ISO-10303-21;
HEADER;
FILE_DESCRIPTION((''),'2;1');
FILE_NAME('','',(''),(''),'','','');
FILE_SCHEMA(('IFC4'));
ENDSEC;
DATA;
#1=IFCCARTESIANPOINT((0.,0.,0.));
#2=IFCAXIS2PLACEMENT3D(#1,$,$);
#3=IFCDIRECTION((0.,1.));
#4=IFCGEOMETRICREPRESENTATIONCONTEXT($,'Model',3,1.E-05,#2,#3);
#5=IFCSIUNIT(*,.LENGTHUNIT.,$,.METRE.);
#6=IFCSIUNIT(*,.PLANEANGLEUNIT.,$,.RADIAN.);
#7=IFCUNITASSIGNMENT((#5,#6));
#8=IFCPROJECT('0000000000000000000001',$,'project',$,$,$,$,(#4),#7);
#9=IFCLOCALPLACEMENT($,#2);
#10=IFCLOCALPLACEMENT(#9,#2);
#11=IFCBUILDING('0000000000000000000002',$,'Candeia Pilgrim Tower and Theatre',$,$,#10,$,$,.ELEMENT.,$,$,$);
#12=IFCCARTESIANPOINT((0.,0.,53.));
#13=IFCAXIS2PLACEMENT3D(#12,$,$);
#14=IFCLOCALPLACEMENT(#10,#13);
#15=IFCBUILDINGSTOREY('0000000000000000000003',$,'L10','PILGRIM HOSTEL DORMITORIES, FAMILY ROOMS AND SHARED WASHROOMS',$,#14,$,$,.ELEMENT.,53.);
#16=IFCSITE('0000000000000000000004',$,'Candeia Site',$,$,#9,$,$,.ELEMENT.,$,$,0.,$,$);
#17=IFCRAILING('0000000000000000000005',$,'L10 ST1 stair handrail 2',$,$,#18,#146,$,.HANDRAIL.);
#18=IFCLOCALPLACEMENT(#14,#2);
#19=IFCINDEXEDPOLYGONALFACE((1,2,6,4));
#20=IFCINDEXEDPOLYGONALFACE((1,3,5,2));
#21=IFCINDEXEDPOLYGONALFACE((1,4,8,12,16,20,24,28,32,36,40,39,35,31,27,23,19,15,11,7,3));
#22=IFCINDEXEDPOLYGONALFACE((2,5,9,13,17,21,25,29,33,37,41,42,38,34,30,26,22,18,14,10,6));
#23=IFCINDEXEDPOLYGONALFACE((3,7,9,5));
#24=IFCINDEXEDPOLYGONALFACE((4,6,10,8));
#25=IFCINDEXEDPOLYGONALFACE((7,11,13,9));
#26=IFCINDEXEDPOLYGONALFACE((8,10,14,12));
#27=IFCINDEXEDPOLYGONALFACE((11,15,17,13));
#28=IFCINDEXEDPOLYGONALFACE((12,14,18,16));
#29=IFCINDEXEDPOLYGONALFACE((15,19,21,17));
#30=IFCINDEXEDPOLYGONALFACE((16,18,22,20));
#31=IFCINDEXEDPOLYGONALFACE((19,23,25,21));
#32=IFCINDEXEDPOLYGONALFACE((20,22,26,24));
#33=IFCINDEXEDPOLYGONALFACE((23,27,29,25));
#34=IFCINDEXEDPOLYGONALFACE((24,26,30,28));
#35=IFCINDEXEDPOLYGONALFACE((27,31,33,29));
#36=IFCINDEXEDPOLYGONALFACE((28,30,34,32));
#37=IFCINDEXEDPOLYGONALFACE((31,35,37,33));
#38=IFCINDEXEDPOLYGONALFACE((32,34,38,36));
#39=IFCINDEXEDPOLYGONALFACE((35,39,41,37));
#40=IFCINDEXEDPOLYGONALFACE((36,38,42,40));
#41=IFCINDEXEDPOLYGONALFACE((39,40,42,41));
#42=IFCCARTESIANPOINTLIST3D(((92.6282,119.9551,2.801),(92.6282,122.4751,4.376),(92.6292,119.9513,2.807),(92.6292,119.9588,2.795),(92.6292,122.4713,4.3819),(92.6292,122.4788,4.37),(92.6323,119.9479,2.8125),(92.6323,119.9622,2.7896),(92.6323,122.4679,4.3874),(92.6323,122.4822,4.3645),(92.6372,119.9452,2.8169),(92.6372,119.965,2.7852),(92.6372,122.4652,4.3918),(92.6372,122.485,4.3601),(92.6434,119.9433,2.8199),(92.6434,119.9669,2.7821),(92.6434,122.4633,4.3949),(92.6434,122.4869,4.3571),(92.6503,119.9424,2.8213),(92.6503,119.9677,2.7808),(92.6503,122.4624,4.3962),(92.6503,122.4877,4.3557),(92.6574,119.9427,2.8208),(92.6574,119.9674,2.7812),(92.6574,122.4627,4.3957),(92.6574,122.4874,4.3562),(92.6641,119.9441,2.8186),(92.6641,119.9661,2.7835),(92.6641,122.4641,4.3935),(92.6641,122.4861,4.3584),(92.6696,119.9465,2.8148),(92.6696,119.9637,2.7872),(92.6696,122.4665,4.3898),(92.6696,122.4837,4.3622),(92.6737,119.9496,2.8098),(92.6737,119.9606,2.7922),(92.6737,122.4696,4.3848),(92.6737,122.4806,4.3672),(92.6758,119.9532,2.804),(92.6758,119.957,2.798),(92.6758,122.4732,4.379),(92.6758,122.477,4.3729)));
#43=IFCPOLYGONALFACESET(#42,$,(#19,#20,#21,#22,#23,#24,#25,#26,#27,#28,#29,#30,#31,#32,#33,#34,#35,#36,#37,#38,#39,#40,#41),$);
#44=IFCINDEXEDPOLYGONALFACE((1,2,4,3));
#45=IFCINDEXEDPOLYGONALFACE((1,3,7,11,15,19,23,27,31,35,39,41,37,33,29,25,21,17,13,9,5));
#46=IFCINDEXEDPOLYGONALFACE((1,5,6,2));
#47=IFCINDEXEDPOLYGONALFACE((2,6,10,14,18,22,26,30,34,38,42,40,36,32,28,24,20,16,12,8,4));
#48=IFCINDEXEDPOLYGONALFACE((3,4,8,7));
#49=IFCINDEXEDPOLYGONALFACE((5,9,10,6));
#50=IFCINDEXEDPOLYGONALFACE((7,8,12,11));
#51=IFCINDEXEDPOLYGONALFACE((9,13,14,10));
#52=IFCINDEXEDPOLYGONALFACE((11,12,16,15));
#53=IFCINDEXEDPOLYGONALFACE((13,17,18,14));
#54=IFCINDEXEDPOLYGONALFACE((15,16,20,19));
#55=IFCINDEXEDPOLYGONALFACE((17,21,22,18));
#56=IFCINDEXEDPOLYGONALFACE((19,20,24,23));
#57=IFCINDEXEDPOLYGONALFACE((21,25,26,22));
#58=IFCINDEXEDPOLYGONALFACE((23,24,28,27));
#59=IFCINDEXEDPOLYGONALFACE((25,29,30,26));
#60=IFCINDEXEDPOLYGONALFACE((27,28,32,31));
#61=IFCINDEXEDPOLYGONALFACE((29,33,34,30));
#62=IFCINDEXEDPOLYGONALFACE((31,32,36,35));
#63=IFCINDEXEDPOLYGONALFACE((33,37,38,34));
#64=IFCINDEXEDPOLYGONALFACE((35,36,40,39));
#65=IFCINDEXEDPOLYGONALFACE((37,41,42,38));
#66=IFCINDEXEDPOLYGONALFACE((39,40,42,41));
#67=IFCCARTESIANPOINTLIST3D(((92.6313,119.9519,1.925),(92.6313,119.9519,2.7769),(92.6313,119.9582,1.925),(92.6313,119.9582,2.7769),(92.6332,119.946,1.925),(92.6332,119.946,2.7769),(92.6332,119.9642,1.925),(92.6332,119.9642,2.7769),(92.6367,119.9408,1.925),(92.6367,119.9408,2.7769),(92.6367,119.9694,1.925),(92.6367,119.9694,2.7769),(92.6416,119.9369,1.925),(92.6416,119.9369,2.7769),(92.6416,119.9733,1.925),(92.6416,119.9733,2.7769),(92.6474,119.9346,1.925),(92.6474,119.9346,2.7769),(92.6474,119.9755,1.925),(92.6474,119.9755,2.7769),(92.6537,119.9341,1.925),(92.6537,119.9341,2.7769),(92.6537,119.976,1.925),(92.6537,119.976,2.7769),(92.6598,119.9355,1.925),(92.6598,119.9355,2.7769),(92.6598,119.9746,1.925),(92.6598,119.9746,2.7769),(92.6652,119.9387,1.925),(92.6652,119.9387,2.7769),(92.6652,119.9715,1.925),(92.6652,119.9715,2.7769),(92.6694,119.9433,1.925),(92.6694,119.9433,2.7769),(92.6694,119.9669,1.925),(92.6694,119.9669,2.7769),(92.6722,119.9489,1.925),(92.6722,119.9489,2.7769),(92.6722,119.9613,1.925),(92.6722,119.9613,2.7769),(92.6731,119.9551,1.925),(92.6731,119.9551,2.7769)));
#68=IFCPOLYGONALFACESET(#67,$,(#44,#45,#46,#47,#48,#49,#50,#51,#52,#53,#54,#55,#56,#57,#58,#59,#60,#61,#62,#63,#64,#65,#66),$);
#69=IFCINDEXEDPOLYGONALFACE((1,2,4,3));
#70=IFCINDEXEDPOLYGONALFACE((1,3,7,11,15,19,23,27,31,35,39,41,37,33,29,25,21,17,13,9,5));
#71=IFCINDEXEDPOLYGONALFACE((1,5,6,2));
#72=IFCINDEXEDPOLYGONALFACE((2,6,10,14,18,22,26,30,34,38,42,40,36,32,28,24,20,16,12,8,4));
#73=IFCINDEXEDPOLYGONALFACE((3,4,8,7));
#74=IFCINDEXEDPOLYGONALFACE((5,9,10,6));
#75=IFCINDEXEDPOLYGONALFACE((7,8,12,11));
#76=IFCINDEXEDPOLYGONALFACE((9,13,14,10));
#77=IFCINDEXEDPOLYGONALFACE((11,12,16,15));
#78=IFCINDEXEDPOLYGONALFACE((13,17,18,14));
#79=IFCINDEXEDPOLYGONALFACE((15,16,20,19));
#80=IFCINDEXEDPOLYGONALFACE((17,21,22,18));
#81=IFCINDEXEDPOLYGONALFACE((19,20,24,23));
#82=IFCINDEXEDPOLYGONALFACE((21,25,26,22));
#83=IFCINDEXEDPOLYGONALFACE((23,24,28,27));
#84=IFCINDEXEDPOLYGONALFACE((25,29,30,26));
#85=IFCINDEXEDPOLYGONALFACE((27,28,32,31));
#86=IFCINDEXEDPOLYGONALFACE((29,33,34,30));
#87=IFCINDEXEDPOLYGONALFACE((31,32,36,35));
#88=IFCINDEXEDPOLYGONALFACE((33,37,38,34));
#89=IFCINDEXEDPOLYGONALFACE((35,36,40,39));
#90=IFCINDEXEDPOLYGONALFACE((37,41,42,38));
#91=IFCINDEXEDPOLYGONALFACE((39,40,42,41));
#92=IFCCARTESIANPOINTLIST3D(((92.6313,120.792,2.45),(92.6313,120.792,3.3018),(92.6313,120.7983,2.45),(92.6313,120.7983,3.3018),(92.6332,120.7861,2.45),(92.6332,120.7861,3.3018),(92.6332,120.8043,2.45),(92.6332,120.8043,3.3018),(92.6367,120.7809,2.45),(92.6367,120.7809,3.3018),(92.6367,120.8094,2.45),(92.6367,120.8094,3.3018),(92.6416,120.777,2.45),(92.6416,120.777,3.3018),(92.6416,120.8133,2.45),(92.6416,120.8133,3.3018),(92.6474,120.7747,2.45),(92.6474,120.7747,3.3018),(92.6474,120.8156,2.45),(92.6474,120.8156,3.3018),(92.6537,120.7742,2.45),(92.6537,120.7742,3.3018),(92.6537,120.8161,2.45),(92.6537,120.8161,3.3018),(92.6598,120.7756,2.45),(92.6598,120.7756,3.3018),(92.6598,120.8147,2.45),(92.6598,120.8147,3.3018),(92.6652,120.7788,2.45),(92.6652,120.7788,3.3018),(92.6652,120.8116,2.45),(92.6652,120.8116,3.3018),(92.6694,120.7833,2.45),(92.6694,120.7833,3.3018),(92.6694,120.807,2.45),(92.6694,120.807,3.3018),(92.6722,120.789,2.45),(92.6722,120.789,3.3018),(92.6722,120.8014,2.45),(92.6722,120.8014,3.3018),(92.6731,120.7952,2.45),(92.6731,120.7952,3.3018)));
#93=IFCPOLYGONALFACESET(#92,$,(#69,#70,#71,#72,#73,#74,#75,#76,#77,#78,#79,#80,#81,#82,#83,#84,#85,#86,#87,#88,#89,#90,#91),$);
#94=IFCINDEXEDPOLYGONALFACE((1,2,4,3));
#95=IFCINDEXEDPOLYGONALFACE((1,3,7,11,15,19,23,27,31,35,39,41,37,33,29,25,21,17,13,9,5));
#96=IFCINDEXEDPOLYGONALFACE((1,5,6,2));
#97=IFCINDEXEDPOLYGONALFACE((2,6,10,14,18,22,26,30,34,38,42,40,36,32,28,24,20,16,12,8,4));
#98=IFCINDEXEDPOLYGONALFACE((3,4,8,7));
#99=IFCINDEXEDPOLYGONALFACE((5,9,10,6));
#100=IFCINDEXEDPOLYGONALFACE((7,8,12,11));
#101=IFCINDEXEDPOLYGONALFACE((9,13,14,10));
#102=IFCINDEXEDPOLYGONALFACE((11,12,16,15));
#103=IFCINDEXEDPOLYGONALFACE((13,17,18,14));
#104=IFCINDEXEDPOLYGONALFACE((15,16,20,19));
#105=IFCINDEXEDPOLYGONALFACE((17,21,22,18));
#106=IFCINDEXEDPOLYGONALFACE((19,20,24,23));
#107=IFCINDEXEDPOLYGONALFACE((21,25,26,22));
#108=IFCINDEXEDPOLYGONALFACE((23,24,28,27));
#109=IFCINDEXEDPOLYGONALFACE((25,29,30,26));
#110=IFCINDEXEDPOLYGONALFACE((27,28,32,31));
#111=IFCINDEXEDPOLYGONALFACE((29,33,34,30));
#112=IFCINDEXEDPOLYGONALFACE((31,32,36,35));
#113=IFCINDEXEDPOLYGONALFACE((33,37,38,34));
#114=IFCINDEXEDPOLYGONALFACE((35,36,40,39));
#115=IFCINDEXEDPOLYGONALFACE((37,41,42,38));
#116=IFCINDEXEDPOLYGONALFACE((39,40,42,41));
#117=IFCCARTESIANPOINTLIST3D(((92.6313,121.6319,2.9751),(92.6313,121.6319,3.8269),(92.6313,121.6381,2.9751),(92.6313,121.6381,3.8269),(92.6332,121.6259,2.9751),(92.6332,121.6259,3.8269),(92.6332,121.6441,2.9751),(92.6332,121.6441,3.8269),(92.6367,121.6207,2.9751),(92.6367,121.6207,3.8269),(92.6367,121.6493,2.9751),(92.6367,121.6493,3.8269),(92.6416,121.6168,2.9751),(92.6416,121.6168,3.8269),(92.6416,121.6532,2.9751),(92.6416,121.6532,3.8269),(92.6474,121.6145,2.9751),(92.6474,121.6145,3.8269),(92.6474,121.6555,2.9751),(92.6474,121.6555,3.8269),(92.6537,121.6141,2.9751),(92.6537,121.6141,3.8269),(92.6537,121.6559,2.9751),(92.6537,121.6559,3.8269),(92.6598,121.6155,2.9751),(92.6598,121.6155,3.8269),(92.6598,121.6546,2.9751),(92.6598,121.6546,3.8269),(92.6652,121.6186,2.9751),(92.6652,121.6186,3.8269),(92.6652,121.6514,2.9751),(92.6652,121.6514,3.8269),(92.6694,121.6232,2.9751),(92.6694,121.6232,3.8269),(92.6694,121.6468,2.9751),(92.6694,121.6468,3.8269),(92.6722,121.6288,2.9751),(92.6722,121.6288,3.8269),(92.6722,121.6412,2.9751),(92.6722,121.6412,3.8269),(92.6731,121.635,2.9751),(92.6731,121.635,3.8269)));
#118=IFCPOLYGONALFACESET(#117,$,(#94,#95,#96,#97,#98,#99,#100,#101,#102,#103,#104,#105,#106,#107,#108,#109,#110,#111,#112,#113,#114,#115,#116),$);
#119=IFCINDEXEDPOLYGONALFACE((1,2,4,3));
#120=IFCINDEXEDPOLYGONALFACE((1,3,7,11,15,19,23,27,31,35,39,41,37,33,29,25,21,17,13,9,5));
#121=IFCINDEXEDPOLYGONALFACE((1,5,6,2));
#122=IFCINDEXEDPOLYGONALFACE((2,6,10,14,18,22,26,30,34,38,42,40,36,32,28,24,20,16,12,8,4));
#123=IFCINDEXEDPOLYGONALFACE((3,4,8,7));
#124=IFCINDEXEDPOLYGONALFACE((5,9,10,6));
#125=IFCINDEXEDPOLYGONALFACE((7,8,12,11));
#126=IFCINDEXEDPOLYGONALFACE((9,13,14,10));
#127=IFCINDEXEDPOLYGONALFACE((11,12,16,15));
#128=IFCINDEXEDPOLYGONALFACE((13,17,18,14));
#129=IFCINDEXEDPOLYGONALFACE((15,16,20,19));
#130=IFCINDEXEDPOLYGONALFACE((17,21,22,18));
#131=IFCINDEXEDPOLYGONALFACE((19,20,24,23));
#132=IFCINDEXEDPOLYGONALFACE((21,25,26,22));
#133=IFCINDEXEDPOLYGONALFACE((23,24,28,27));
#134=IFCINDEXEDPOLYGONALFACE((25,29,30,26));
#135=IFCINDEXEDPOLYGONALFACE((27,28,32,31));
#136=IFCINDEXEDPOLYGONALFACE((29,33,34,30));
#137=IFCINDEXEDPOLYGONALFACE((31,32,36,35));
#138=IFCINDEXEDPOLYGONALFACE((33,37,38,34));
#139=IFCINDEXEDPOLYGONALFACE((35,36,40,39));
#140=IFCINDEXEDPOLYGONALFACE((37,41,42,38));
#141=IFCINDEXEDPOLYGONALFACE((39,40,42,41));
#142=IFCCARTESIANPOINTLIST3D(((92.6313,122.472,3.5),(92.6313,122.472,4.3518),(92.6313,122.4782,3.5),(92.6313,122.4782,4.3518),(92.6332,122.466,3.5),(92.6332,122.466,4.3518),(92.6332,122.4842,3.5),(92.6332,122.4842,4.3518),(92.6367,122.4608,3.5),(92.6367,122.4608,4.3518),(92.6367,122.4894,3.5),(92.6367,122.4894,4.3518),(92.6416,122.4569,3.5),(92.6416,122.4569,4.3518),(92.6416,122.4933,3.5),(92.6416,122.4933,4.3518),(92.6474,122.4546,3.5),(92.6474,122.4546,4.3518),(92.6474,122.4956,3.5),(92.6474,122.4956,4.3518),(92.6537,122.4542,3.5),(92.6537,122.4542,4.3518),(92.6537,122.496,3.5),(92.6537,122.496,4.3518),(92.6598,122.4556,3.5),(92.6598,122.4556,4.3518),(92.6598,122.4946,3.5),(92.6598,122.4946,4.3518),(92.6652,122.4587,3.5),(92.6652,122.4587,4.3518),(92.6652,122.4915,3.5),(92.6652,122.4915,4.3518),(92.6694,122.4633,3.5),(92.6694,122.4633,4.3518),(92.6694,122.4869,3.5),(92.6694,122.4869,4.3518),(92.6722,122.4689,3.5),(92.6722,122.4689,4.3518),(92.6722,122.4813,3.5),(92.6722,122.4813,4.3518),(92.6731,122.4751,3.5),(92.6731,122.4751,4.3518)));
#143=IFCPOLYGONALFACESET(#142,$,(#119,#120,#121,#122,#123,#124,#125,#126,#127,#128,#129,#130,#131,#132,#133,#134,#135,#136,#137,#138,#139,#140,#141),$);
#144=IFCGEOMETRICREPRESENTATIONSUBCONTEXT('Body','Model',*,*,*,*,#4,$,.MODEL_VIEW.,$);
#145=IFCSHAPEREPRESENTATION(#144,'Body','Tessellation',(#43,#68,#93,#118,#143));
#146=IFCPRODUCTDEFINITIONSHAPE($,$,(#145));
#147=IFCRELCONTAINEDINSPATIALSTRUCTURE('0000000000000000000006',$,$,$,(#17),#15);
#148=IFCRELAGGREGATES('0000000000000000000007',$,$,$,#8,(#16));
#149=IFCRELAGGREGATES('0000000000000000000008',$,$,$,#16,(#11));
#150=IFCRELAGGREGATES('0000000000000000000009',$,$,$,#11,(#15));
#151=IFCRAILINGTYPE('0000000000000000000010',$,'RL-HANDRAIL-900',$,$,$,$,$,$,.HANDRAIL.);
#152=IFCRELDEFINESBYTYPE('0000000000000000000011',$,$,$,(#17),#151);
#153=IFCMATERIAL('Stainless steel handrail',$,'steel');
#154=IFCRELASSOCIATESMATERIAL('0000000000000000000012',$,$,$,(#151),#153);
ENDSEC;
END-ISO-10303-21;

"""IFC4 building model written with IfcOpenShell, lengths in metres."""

from ifc_helpers import new_model, si_unit, direction, frame, origin, origin_2d, place, context, subcontext, project, spatial, circle, extrude, material, type_object, element, save


model = new_model("IFC4")

# Units and contexts
model_context = context("Model", 3, precision=1e-05, world=origin(), true_north=direction((0.0, 1.0)))
body_context = subcontext(model_context, "Body", "Model", "MODEL_VIEW")
ifc_project = project(units=[si_unit("LENGTHUNIT", "METRE"), si_unit("PLANEANGLEUNIT", "RADIAN")], contexts=[model_context])

# Site, building, storey
site_placement = place(None, origin())
site = spatial("IfcSite", under=ifc_project, at=site_placement, Name="Candeia Site", CompositionType="ELEMENT", RefElevation=0.0)
building_placement = place(site_placement, origin())
building = spatial("IfcBuilding", under=site, at=building_placement, Name="Candeia Pilgrim Tower and Theatre", CompositionType="ELEMENT")
storey_placement = place(building_placement, frame((0.0, 0.0, 53.0)))
storey = spatial("IfcBuildingStorey", under=building, at=storey_placement, Name="L10", Description="PILGRIM HOSTEL DORMITORIES, FAMILY ROOMS AND SHARED WASHROOMS", CompositionType="ELEMENT", Elevation=53.0)

# Railing
ifc_material_1 = material(Name="Stainless steel handrail", Category="steel")
railing_type_1 = type_object("IfcRailingType", Name="RL-HANDRAIL-900", PredefinedType="HANDRAIL", material=ifc_material_1)
railing_1_placement = place(storey_placement, frame((92.6521, 119.9551, 1.925)))
element("IfcRailing", 1, at=railing_1_placement, inside=storey, type_object=railing_type_1, Name="L10 ST1 stair handrail 2", PredefinedType="HANDRAIL", context=body_context, shape_type="SweptSolid", body=[
    extrude(circle(Radius=0.0239, at=origin_2d()), frame((0.0, 0.0, 0.876), z_axis=(0.0, 0.848008, 0.529984), x_axis=(-1.0, 0.0, 0.0)), (0.0, 0.0, 1.0), 2.9717),
    extrude(circle(Radius=0.021, at=origin_2d()), origin(), (0.0, 0.0, 1.0), 0.8518),
    extrude(circle(Radius=0.021, at=origin_2d()), frame((0.0, 0.8401, 0.5249)), (0.0, 0.0, 1.0), 0.8518),
    extrude(circle(Radius=0.021, at=origin_2d()), frame((0.0, 1.6799, 1.05)), (0.0, 0.0, 1.0), 0.8518),
    extrude(circle(Radius=0.021, at=origin_2d()), frame((0.0, 2.52, 1.575)), (0.0, 0.0, 1.0), 0.8518),
])

save(model, "model.ifc")
